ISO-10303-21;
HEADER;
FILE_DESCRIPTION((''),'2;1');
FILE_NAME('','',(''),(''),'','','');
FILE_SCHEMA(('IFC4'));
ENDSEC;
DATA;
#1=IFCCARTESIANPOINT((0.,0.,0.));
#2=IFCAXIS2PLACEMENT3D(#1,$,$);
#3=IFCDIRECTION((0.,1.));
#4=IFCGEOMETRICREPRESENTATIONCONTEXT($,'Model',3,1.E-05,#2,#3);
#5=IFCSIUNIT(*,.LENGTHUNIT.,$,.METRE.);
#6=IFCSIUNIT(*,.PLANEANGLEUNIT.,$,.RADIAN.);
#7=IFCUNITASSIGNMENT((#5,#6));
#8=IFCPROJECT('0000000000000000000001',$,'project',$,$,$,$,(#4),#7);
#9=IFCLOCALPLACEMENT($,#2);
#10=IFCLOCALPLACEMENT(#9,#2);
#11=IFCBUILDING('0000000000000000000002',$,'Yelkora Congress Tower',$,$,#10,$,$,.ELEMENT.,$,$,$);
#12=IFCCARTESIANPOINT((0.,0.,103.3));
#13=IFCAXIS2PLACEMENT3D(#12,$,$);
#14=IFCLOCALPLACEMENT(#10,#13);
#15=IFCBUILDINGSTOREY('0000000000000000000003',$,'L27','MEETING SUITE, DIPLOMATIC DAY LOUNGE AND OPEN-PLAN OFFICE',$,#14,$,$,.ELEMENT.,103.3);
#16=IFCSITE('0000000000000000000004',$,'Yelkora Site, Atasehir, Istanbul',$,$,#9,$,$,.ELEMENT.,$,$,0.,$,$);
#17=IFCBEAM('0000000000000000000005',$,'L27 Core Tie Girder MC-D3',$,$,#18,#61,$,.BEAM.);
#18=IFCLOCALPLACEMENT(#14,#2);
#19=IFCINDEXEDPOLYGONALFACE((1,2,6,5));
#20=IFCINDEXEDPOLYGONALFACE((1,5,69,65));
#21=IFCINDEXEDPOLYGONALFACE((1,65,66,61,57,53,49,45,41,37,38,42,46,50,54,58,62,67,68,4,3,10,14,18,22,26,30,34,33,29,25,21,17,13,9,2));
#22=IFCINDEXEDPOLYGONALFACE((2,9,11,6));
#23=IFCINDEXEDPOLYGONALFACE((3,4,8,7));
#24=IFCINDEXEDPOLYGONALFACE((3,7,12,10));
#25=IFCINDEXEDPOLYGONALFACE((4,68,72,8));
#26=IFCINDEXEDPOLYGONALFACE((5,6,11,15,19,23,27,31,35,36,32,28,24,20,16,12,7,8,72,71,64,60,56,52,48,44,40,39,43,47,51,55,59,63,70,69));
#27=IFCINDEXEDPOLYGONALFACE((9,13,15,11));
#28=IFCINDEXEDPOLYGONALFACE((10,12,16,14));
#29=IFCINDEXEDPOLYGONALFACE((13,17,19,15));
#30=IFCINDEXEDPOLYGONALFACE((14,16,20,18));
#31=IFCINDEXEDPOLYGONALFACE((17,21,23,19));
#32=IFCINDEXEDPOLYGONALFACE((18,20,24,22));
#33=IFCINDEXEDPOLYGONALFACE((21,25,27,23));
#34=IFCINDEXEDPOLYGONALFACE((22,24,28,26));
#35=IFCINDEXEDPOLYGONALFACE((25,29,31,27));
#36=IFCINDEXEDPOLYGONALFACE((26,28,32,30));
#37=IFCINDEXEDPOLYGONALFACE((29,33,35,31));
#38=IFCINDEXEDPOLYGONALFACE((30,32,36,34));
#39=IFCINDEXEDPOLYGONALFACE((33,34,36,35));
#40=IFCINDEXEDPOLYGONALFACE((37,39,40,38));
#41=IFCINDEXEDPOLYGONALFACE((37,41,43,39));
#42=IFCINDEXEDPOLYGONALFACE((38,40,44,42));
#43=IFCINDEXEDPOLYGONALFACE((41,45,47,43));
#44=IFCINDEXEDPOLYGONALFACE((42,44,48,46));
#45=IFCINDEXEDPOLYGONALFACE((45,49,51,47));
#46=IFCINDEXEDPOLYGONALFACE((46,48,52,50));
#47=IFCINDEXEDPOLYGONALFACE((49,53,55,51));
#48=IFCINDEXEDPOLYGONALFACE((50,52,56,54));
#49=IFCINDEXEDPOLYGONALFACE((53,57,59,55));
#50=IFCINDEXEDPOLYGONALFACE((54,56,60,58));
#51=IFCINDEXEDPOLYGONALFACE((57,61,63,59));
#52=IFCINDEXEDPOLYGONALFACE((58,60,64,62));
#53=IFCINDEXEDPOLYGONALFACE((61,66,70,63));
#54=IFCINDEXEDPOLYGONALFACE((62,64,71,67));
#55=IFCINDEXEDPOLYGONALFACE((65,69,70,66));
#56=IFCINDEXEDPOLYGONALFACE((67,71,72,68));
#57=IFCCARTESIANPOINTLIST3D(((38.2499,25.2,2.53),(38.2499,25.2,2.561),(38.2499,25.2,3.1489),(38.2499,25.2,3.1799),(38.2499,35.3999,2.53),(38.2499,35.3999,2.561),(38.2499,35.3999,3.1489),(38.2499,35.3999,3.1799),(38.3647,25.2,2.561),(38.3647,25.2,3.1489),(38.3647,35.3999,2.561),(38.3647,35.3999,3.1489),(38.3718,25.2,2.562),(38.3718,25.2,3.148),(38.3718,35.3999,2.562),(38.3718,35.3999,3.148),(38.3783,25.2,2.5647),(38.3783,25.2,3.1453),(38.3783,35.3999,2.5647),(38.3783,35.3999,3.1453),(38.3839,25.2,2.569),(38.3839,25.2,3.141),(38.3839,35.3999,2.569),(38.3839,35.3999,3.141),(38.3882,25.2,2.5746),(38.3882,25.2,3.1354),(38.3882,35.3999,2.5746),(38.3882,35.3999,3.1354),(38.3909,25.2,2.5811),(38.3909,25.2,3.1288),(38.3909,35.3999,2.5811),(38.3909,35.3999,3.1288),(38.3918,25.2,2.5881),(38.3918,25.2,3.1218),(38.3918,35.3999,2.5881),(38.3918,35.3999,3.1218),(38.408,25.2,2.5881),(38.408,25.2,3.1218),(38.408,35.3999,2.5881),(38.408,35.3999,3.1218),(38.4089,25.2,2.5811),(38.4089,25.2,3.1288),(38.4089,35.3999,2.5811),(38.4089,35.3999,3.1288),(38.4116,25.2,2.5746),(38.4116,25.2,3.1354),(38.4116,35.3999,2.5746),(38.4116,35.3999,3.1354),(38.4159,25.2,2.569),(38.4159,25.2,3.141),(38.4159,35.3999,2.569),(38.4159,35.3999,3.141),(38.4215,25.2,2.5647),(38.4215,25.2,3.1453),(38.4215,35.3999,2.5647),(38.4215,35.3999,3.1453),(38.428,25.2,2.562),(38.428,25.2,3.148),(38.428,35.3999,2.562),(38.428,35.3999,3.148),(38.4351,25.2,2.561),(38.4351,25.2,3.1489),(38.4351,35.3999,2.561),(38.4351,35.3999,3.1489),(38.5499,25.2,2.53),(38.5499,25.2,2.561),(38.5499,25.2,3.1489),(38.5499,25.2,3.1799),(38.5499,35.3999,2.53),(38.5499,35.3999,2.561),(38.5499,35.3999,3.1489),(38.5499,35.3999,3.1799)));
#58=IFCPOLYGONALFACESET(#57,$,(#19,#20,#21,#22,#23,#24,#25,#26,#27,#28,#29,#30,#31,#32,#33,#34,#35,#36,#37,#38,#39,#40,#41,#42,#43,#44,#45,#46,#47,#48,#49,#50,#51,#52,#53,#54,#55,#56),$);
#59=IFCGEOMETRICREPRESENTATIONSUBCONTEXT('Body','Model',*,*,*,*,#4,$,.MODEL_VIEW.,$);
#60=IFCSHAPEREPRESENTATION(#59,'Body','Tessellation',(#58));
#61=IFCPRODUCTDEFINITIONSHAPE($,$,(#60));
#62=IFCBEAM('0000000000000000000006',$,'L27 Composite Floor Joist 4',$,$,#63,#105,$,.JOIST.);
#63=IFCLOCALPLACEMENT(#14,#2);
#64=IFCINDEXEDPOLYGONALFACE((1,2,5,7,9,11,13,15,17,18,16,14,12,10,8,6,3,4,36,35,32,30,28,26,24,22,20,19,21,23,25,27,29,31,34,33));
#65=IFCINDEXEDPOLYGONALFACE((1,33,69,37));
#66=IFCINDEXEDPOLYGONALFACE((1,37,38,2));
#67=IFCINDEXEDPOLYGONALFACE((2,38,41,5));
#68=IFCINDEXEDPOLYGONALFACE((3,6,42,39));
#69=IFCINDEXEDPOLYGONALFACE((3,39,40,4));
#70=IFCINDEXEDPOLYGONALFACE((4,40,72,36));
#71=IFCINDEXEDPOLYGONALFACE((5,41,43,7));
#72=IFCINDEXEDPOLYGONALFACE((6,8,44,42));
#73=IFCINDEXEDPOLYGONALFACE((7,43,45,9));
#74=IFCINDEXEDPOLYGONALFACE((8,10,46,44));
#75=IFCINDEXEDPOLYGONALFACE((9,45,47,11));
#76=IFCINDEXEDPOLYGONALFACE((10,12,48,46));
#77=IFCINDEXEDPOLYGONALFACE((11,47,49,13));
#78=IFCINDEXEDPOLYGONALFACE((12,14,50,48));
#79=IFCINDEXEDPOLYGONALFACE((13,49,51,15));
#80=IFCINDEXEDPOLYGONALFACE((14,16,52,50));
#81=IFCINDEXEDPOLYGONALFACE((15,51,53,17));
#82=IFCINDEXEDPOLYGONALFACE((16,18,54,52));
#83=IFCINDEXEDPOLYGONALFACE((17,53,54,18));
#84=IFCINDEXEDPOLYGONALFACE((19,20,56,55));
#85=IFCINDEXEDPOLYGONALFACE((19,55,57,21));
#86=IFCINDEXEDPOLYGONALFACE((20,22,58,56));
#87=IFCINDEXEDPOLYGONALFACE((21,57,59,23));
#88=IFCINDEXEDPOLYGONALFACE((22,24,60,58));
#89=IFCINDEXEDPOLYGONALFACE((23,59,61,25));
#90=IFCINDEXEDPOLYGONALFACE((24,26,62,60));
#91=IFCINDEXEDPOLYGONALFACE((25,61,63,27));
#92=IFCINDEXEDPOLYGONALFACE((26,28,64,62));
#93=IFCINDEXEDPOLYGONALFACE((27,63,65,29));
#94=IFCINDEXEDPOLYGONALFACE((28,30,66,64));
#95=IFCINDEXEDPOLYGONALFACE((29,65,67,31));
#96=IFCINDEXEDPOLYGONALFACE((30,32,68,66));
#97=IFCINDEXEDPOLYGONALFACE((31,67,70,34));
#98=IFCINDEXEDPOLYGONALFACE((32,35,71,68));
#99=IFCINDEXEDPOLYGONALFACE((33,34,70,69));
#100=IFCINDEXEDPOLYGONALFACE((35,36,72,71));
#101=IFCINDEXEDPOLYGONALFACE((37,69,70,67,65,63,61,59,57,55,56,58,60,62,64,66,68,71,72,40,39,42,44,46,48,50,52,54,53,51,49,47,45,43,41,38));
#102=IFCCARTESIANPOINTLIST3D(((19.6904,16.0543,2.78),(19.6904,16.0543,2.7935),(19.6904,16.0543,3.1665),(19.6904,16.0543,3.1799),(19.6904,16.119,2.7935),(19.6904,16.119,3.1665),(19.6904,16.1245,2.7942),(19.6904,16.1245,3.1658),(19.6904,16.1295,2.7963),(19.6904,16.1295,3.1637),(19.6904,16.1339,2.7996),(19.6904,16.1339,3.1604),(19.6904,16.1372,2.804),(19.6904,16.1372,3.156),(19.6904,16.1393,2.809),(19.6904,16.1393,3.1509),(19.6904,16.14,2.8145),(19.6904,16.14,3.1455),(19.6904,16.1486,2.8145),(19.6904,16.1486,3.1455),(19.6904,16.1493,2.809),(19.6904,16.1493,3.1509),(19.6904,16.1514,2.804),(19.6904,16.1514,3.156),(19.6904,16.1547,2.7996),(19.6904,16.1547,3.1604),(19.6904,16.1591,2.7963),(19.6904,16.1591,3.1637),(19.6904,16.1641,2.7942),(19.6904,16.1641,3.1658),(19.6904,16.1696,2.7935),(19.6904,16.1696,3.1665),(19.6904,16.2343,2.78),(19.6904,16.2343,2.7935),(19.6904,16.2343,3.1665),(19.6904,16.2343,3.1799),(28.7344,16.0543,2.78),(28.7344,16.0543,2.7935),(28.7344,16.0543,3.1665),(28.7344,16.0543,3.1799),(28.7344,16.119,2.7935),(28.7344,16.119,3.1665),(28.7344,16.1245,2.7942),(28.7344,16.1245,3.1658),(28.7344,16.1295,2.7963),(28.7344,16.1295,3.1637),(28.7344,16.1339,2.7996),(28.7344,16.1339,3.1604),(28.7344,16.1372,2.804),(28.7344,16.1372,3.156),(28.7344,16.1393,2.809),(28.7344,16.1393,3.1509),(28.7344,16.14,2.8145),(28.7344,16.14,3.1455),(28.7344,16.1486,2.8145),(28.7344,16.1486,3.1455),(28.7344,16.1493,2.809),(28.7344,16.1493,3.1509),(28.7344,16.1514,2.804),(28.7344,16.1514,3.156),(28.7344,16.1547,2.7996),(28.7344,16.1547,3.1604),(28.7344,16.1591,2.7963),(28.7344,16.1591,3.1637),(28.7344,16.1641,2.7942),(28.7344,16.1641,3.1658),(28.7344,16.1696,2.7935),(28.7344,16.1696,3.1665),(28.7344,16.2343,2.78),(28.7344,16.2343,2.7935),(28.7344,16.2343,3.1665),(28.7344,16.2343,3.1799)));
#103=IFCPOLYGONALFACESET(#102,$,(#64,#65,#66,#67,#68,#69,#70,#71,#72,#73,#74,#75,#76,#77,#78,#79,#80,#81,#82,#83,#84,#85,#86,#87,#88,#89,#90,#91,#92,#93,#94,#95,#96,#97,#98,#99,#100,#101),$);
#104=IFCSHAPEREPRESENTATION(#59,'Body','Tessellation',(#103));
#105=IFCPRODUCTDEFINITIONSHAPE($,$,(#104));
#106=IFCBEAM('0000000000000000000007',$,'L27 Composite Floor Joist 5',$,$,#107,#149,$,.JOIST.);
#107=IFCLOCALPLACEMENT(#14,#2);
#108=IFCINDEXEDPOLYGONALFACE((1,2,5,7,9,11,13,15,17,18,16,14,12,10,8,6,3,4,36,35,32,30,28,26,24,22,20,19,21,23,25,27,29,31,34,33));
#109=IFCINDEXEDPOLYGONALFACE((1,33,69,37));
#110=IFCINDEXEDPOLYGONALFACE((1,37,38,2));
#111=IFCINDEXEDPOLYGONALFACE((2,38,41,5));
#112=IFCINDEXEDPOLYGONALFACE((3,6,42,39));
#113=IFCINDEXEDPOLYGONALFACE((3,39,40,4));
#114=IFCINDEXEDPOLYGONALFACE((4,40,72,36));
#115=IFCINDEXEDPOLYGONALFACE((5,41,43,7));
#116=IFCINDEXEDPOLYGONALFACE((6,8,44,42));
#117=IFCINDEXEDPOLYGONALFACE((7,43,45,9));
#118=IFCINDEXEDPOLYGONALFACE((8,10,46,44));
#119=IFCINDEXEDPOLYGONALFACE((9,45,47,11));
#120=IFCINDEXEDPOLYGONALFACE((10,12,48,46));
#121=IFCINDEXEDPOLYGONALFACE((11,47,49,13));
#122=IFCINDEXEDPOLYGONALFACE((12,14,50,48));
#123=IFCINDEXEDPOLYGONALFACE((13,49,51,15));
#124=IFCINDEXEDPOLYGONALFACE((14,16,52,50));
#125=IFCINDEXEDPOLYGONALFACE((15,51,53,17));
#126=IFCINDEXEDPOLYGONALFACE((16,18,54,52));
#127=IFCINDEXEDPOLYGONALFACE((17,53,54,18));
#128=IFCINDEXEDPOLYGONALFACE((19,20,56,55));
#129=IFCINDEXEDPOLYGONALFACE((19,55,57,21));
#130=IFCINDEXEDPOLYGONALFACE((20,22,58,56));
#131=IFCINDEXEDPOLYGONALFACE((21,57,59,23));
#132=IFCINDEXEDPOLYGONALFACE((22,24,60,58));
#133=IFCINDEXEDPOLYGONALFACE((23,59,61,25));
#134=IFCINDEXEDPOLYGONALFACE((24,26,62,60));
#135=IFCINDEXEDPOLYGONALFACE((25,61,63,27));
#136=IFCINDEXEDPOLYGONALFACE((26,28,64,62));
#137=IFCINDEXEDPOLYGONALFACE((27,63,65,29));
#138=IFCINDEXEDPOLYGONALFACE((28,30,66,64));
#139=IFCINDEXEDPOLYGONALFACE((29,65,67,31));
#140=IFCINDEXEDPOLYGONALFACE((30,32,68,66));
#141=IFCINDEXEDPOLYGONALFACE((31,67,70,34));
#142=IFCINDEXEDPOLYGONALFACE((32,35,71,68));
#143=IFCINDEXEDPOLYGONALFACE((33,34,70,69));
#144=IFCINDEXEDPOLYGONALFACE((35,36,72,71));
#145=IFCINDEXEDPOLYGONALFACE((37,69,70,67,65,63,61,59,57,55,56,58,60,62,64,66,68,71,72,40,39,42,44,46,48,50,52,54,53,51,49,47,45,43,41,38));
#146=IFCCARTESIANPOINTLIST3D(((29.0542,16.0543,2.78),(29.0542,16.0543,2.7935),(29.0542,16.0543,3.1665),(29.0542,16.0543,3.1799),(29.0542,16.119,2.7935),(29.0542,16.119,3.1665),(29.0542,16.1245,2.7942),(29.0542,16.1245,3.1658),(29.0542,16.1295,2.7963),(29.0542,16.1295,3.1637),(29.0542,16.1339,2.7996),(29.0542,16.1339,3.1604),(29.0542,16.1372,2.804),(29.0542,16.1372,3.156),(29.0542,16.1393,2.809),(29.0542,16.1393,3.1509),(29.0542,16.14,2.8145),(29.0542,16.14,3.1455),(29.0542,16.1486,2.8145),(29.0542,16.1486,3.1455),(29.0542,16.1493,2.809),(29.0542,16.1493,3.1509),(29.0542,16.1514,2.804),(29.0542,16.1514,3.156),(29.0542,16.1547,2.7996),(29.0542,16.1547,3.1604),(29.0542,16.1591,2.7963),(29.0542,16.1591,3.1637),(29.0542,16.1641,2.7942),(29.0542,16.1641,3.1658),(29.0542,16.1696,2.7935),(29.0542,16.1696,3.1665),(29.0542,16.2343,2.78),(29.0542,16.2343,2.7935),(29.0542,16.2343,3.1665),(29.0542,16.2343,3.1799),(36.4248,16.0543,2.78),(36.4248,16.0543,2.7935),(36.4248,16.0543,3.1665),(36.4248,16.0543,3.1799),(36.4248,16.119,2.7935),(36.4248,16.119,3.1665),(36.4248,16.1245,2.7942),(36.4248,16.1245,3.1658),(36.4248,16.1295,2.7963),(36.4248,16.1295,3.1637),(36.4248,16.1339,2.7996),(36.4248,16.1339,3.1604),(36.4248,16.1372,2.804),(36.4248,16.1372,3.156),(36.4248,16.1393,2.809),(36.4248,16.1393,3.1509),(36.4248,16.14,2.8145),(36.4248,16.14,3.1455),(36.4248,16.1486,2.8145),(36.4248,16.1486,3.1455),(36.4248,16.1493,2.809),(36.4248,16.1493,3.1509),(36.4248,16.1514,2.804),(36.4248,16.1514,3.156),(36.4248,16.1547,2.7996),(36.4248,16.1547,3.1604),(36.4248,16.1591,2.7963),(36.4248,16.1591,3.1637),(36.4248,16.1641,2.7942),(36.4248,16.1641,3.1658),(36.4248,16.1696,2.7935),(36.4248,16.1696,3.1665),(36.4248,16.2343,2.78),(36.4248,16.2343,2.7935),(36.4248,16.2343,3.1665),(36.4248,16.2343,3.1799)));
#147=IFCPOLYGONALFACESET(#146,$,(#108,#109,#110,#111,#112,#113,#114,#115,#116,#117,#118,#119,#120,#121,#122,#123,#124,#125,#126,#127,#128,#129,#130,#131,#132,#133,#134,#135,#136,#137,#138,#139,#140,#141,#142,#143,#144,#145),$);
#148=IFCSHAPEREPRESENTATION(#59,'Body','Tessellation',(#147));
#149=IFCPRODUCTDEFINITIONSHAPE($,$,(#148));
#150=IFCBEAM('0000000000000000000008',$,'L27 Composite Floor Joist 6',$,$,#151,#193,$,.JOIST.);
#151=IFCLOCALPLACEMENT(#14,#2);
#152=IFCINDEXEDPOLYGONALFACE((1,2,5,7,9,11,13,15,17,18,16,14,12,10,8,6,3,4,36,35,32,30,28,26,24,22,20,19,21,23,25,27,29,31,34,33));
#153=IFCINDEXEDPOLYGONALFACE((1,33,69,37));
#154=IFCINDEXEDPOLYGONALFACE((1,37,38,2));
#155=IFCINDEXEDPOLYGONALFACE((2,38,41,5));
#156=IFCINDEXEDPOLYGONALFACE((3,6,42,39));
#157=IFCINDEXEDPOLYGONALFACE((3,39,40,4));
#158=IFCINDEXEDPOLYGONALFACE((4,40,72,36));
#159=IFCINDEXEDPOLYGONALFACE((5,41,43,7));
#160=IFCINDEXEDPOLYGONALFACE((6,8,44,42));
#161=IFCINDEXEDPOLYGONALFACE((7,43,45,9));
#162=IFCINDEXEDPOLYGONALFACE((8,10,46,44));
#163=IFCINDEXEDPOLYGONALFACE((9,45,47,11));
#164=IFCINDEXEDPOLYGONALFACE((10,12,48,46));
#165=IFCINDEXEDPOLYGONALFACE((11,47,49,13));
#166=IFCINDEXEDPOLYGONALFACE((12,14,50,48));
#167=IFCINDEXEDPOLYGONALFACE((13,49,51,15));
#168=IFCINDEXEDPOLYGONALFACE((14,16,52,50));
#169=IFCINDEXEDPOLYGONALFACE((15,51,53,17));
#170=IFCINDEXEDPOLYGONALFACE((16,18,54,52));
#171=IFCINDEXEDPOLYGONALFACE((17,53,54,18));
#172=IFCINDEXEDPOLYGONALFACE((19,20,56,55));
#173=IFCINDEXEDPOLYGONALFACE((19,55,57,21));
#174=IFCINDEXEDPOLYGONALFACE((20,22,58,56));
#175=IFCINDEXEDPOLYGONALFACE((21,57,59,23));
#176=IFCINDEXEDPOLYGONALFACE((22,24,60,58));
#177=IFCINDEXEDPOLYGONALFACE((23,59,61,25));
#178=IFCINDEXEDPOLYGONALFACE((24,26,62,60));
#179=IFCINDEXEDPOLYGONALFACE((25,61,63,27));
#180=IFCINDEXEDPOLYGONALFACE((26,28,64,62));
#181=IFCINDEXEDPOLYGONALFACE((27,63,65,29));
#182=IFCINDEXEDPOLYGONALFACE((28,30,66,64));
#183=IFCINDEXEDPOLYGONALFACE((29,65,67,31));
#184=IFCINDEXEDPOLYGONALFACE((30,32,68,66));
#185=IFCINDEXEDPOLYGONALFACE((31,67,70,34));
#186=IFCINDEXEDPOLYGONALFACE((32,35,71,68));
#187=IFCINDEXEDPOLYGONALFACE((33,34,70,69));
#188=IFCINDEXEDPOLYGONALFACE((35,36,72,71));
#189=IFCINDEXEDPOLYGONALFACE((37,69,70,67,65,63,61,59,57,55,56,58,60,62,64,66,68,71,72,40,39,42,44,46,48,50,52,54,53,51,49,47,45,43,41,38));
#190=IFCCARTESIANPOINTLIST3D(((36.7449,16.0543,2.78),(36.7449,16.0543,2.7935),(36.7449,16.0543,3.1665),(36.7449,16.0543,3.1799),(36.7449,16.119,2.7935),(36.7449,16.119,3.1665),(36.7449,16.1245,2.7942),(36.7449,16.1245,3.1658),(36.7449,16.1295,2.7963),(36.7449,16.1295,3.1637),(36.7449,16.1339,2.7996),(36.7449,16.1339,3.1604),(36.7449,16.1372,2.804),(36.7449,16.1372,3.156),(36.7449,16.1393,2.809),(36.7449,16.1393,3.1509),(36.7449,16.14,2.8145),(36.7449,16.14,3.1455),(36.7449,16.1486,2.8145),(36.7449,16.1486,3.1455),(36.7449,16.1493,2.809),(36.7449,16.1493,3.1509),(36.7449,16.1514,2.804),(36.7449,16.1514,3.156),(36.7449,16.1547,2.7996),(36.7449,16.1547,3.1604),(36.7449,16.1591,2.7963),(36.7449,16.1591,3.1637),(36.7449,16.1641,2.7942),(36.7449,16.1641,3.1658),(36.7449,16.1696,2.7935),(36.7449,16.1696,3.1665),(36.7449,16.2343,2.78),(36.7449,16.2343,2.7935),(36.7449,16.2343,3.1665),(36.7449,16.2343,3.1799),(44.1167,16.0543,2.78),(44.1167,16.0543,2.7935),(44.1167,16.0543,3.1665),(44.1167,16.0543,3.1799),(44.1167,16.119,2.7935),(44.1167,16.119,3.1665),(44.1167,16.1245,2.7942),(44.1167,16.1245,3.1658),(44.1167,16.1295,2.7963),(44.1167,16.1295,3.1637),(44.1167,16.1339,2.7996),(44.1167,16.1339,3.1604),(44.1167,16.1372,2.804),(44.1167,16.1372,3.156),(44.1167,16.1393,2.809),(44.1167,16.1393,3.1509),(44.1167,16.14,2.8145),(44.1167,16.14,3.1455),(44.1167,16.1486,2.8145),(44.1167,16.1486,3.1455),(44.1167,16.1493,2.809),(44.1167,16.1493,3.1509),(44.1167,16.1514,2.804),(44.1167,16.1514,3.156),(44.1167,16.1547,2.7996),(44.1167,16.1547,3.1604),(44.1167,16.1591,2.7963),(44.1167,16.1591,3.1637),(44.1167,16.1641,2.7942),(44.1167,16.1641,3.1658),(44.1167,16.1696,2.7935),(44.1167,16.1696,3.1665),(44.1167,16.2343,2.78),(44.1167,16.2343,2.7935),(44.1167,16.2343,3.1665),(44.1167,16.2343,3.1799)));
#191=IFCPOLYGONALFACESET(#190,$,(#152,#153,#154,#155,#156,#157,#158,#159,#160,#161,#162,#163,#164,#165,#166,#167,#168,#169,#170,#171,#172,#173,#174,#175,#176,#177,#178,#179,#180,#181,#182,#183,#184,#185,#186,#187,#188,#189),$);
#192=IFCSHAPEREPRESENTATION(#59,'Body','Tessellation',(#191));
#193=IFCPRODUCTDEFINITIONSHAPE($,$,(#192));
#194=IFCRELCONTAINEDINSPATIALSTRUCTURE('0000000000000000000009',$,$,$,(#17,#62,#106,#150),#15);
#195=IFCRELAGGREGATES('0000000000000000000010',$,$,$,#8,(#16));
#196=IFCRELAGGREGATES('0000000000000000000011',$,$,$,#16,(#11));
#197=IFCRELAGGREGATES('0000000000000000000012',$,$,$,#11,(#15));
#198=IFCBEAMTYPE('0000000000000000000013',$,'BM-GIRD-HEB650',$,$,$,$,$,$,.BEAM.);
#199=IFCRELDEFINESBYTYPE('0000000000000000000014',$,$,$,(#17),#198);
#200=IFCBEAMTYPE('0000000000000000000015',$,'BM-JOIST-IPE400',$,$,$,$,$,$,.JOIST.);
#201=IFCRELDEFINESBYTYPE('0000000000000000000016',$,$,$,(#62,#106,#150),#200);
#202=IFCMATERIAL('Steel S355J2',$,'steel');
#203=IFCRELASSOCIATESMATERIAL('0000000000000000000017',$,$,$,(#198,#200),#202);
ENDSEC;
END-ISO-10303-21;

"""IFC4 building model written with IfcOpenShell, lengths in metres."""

from ifc_helpers import new_model, si_unit, direction, frame, origin, origin_2d, place, context, subcontext, project, spatial, i_section, extrude, material, material_profile, profile_set, type_object, element, save


model = new_model("IFC4")

# Units and contexts
model_context = context("Model", 3, precision=1e-05, world=origin(), true_north=direction((0.0, 1.0)))
body_context = subcontext(model_context, "Body", "Model", "MODEL_VIEW")
ifc_project = project(units=[si_unit("LENGTHUNIT", "METRE"), si_unit("PLANEANGLEUNIT", "RADIAN")], contexts=[model_context])

# Site, building, storey
site_placement = place(None, origin())
site = spatial("IfcSite", under=ifc_project, at=site_placement, Name="Yelkora Site, Atasehir, Istanbul", CompositionType="ELEMENT", RefElevation=0.0)
building_placement = place(site_placement, origin())
building = spatial("IfcBuilding", under=site, at=building_placement, Name="Yelkora Congress Tower", CompositionType="ELEMENT")
storey_placement = place(building_placement, frame((0.0, 0.0, 103.3)))
storey = spatial("IfcBuildingStorey", under=building, at=storey_placement, Name="L27", Description="MEETING SUITE, DIPLOMATIC DAY LOUNGE AND OPEN-PLAN OFFICE", CompositionType="ELEMENT", Elevation=103.3)

# Beams
ifc_material_1 = material(Name="Steel S355J2", Category="steel")
ifc_material_profile_1 = material_profile(ifc_material_1, i_section(OverallWidth=0.3, OverallDepth=0.6499, WebThickness=0.0161, FlangeThickness=0.031, FilletRadius=0.0271, at=origin_2d()), Name="HEB 650")
ifc_profile_set_1 = profile_set([ifc_material_profile_1], Name="Steel S355J2")
beam_type_1 = type_object("IfcBeamType", Name="BM-GIRD-HEB650", PredefinedType="BEAM", material=ifc_profile_set_1)
for number, where, z_axis, x_axis, name in (
    (1, (38.3999, 25.2, 2.855), (0.0, 1.0, 0.0), (-1.0, 0.0, 0.0), "L27 Core Tie Girder MC-D3"),
):
    element("IfcBeam", number, at=place(storey_placement, frame(where, z_axis=z_axis, x_axis=x_axis)), inside=storey, type_object=beam_type_1, Name=name, PredefinedType="BEAM", context=body_context, shape_type="SweptSolid", body=[
        extrude(i_section(OverallWidth=0.3, OverallDepth=0.6499, WebThickness=0.0161, FlangeThickness=0.031, FilletRadius=0.0271, at=origin_2d()), origin(), (0.0, 0.0, 1.0), 10.2),
    ])
ifc_material_profile_2 = material_profile(ifc_material_1, i_section(OverallWidth=0.1799, OverallDepth=0.3999, WebThickness=0.0085, FlangeThickness=0.0134, FilletRadius=0.021, at=origin_2d()), Name="IPE 400")
ifc_profile_set_2 = profile_set([ifc_material_profile_2], Name="Steel S355J2")
beam_type_2 = type_object("IfcBeamType", Name="BM-JOIST-IPE400", PredefinedType="JOIST", material=ifc_profile_set_2)
beam_1_placement = place(storey_placement, frame((19.6904, 16.1443, 2.98), z_axis=(1.0, 0.0, 0.0), x_axis=(0.0, 1.0, 0.0)))
element("IfcBeam", 2, at=beam_1_placement, inside=storey, type_object=beam_type_2, Name="L27 Composite Floor Joist 4", PredefinedType="JOIST", context=body_context, shape_type="SweptSolid", body=[
    extrude(i_section(OverallWidth=0.1799, OverallDepth=0.3999, WebThickness=0.0085, FlangeThickness=0.0134, FilletRadius=0.021, at=origin_2d()), origin(), (0.0, 0.0, 1.0), 9.0439),
])
beam_2_placement = place(storey_placement, frame((29.0542, 16.1443, 2.98), z_axis=(1.0, 0.0, 0.0), x_axis=(0.0, 1.0, 0.0)))
element("IfcBeam", 3, at=beam_2_placement, inside=storey, type_object=beam_type_2, Name="L27 Composite Floor Joist 5", PredefinedType="JOIST", context=body_context, shape_type="SweptSolid", body=[
    extrude(i_section(OverallWidth=0.1799, OverallDepth=0.3999, WebThickness=0.0085, FlangeThickness=0.0134, FilletRadius=0.021, at=origin_2d()), origin(), (0.0, 0.0, 1.0), 7.3706),
])
beam_3_placement = place(storey_placement, frame((36.7449, 16.1443, 2.98), z_axis=(1.0, 0.0, 0.0), x_axis=(0.0, 1.0, 0.0)))
element("IfcBeam", 4, at=beam_3_placement, inside=storey, type_object=beam_type_2, Name="L27 Composite Floor Joist 6", PredefinedType="JOIST", context=body_context, shape_type="SweptSolid", body=[
    extrude(i_section(OverallWidth=0.1799, OverallDepth=0.3999, WebThickness=0.0085, FlangeThickness=0.0134, FilletRadius=0.021, at=origin_2d()), origin(), (0.0, 0.0, 1.0), 7.3718),
])

save(model, "model.ifc")
